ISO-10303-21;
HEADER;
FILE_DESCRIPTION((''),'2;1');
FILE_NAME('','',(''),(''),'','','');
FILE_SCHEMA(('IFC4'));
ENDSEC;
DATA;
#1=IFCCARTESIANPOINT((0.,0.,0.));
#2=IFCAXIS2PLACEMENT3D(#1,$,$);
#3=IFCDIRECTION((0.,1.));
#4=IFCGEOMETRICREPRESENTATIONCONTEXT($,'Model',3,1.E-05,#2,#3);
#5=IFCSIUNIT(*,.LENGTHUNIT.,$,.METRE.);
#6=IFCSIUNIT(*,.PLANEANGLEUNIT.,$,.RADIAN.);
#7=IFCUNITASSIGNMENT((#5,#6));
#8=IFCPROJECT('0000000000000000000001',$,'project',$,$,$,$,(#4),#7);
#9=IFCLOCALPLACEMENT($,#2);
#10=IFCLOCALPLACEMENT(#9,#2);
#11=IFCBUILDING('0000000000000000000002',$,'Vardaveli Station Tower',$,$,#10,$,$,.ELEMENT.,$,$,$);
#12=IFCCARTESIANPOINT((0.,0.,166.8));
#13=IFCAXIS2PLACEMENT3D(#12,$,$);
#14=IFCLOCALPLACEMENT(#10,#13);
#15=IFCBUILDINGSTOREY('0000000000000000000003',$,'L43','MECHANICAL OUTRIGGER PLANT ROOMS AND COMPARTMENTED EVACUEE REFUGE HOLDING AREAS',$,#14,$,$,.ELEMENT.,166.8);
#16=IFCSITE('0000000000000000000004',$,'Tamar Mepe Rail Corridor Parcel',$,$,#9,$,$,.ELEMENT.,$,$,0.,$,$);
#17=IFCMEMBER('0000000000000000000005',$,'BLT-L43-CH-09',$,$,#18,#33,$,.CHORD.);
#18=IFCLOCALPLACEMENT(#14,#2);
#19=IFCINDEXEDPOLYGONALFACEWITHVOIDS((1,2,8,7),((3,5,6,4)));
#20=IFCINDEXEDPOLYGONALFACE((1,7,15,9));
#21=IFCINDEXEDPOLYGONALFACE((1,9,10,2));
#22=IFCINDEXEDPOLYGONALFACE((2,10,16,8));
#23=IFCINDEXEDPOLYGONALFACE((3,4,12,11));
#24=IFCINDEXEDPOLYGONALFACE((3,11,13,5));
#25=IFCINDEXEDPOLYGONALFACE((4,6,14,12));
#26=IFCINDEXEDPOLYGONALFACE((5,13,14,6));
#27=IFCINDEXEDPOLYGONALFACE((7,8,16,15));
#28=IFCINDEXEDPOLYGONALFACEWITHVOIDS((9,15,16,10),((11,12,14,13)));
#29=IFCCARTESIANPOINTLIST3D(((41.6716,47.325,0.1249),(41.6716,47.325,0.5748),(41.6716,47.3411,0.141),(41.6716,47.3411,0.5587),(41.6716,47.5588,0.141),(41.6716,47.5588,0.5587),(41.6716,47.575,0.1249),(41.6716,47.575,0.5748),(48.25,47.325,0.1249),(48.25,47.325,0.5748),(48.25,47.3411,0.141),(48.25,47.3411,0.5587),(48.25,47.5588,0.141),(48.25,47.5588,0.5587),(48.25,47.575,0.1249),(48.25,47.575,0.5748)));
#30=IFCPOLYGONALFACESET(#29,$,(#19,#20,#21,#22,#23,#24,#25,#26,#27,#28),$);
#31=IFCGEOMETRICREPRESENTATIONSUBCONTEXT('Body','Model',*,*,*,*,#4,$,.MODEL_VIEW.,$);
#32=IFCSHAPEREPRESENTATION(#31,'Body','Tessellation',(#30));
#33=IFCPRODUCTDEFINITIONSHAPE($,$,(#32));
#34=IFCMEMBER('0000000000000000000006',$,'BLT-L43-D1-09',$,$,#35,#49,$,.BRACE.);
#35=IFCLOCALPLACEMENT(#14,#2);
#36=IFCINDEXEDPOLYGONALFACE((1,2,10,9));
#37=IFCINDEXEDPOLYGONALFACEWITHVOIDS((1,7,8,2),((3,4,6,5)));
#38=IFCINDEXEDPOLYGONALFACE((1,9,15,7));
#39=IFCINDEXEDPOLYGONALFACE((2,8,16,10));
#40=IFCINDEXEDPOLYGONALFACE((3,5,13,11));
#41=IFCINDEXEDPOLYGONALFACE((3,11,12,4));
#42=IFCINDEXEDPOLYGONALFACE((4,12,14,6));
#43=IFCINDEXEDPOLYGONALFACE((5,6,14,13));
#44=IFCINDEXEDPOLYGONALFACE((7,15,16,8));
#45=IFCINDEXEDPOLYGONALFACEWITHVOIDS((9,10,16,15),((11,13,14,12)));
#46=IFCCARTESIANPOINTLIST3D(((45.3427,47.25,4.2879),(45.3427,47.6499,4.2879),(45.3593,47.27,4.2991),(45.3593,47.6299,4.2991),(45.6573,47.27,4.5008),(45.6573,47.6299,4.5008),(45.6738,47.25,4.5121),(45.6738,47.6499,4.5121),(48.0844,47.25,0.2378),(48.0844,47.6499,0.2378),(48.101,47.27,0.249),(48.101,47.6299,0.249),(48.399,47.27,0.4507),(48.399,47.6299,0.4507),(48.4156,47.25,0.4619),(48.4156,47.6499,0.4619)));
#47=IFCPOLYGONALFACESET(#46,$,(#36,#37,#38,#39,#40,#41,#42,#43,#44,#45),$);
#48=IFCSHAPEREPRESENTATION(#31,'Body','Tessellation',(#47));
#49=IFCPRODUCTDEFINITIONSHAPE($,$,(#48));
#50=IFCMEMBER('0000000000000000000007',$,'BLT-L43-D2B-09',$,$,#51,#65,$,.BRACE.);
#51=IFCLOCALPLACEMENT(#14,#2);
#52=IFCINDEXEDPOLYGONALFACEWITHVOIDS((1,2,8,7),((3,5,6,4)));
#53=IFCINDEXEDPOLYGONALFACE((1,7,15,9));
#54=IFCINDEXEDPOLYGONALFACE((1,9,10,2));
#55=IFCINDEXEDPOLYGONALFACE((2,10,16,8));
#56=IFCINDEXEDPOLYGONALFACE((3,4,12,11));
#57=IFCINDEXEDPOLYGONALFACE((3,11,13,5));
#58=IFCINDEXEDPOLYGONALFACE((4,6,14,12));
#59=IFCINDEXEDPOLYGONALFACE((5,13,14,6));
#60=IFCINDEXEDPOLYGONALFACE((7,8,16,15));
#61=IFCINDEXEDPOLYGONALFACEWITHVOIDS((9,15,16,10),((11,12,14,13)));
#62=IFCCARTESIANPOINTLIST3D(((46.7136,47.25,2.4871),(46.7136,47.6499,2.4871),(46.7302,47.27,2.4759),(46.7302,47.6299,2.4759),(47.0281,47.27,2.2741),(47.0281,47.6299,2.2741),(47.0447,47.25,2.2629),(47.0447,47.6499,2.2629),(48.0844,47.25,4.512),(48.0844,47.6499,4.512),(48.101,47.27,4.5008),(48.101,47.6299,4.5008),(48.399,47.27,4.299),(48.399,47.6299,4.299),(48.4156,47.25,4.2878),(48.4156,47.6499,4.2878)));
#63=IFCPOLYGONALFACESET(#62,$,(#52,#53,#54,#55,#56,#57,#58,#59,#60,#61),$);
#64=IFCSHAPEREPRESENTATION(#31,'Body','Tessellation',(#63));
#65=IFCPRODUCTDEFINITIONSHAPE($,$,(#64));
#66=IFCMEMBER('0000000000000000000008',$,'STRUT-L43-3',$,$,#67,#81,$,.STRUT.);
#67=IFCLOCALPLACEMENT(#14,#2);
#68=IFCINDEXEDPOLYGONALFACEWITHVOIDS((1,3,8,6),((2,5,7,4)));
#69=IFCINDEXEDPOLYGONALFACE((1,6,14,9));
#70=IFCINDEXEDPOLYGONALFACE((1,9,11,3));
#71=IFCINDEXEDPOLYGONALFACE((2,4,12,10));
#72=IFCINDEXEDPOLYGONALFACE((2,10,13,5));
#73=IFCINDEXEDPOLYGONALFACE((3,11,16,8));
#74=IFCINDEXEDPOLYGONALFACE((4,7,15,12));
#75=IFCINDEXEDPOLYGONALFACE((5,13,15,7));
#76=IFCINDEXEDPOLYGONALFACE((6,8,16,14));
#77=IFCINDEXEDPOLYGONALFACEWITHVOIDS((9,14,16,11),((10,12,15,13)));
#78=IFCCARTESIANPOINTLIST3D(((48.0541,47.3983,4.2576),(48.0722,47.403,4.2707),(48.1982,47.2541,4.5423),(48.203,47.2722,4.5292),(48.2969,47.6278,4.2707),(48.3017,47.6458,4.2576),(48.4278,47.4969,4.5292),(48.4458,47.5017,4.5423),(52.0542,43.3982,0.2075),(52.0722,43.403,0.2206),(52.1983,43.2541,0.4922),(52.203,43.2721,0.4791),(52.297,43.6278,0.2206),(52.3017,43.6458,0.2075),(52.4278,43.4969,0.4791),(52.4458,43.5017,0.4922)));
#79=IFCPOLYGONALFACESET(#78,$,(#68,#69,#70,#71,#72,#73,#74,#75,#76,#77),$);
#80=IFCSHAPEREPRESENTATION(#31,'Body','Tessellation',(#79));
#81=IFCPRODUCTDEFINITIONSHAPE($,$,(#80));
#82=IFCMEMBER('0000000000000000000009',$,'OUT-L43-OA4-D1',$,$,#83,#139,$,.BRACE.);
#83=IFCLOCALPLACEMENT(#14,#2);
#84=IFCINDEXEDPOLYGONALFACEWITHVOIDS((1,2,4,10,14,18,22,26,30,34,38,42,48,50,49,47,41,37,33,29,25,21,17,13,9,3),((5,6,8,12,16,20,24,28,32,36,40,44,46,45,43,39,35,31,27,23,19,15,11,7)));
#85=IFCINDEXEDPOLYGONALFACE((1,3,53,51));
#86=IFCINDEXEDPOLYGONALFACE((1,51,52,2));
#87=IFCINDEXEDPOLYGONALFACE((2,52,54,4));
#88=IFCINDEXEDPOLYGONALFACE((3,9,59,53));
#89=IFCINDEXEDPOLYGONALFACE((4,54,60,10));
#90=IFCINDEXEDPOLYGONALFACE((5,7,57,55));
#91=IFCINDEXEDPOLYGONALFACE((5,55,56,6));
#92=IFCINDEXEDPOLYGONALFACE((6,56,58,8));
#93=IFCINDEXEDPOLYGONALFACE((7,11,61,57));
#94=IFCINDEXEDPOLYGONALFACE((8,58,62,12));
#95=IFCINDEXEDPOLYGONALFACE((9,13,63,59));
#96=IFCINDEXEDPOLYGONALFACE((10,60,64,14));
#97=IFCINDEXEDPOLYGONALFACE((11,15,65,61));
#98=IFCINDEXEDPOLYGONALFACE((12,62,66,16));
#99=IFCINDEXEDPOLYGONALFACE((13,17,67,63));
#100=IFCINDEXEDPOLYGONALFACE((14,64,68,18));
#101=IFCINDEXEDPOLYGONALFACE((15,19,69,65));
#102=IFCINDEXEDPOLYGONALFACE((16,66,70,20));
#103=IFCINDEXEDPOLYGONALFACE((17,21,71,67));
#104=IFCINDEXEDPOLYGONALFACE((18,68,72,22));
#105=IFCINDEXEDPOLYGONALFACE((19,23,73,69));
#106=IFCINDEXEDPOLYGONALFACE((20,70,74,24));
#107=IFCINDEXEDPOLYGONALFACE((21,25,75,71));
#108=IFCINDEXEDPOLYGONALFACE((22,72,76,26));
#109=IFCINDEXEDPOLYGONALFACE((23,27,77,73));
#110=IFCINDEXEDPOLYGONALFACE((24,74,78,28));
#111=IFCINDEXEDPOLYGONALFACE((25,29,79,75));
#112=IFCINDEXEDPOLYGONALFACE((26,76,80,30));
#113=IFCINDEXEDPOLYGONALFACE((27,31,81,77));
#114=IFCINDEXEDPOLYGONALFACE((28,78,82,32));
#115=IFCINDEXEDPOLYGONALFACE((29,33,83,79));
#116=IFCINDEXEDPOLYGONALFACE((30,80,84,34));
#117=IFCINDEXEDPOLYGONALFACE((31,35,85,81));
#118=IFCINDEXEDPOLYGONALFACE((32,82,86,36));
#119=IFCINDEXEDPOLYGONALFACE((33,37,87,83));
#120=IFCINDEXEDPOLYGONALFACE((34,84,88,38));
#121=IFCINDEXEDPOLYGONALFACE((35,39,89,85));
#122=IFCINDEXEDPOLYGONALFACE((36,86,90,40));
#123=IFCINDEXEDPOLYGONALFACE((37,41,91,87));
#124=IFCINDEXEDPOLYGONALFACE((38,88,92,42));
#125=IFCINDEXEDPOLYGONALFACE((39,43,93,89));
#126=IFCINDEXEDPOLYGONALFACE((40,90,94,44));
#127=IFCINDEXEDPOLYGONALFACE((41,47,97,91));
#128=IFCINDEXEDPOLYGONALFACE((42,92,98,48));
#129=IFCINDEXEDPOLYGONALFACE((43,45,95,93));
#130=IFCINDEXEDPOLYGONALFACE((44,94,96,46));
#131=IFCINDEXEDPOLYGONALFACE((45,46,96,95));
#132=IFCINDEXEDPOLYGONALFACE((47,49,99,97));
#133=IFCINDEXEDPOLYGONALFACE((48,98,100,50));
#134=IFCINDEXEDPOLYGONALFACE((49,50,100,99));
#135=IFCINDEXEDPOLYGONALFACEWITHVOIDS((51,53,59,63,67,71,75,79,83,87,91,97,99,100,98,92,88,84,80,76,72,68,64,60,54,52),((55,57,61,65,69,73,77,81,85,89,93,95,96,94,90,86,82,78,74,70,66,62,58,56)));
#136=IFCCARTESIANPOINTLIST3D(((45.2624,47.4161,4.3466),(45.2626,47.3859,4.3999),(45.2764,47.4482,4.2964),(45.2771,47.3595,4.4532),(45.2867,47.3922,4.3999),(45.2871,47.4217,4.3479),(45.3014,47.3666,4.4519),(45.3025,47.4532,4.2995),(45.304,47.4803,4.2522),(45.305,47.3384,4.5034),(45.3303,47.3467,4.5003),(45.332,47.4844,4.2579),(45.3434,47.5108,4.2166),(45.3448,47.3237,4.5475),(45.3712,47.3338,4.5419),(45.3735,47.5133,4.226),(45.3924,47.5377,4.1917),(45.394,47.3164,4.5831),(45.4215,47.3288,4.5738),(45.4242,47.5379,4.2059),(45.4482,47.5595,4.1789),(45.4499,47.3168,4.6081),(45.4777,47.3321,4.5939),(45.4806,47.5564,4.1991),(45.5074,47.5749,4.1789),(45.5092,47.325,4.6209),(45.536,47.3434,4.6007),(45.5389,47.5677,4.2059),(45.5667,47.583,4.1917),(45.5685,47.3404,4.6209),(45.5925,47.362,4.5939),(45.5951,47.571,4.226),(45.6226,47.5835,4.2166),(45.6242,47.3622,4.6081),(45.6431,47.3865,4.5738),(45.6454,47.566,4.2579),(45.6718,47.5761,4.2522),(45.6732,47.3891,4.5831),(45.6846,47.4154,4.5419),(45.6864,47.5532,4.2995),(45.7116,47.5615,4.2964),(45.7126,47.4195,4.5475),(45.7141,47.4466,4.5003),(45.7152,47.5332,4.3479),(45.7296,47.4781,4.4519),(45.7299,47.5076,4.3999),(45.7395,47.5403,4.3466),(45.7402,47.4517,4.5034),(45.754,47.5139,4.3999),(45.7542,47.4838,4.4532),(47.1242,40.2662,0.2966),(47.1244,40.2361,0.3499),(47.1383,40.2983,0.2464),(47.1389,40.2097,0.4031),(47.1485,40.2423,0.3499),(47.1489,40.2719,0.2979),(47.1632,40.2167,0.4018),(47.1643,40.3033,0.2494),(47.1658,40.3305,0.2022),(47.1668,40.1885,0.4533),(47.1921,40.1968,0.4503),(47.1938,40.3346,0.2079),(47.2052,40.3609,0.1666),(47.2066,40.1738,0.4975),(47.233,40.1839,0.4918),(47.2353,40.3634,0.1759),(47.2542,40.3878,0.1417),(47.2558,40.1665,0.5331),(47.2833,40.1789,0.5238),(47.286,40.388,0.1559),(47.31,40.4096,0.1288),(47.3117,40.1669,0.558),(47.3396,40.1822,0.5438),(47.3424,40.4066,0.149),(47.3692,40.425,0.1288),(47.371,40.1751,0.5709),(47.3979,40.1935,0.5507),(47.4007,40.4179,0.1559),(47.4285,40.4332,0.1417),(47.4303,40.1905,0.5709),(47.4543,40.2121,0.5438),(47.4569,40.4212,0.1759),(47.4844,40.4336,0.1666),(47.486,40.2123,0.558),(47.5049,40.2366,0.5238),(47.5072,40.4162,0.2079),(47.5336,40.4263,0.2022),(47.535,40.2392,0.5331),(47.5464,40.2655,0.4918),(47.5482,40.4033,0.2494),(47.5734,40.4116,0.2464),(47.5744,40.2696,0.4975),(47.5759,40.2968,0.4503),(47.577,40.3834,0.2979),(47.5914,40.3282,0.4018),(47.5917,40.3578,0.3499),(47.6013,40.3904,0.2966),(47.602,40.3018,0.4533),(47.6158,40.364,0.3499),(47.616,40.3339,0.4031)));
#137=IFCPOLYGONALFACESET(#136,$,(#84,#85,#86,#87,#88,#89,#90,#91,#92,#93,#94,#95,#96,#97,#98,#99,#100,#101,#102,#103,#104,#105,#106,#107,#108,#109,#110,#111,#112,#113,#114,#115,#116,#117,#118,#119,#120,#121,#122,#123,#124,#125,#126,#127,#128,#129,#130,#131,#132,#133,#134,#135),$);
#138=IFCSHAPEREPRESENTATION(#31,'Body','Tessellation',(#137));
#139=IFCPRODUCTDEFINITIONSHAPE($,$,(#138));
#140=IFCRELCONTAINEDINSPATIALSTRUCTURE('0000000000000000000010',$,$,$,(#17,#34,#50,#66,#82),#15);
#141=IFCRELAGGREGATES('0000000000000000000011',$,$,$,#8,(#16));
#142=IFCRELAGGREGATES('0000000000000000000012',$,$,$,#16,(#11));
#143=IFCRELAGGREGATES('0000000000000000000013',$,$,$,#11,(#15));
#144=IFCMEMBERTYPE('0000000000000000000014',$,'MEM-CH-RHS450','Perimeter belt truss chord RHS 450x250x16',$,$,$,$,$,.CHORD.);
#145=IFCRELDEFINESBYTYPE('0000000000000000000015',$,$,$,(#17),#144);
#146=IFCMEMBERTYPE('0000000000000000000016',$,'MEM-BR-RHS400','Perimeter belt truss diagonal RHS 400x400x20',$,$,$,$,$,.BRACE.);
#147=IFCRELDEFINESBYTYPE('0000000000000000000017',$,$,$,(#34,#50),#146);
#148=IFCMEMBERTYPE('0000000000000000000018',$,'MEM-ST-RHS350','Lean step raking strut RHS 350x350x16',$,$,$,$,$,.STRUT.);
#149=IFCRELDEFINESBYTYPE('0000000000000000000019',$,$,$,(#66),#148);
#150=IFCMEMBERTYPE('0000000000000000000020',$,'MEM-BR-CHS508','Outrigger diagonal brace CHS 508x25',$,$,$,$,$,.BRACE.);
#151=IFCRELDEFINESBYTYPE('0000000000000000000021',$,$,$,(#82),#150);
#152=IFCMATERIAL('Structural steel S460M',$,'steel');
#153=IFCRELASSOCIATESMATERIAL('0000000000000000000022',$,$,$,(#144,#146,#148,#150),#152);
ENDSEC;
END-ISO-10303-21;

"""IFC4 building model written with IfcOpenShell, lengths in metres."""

from ifc_helpers import new_model, si_unit, direction, frame, origin, origin_2d, place, context, subcontext, project, spatial, hollow_rectangle, hollow_circle, extrude, source, transform, mapped, material, material_profile, profile_set, type_object, element, save


model = new_model("IFC4")

# Units and contexts
model_context = context("Model", 3, precision=1e-05, world=origin(), true_north=direction((0.0, 1.0)))
body_context = subcontext(model_context, "Body", "Model", "MODEL_VIEW")
ifc_project = project(units=[si_unit("LENGTHUNIT", "METRE"), si_unit("PLANEANGLEUNIT", "RADIAN")], contexts=[model_context])

# Site, building, storey
site_placement = place(None, origin())
site = spatial("IfcSite", under=ifc_project, at=site_placement, Name="Tamar Mepe Rail Corridor Parcel", CompositionType="ELEMENT", RefElevation=0.0)
building_placement = place(site_placement, origin())
building = spatial("IfcBuilding", under=site, at=building_placement, Name="Vardaveli Station Tower", CompositionType="ELEMENT")
storey_placement = place(building_placement, frame((0.0, 0.0, 166.8)))
storey = spatial("IfcBuildingStorey", under=building, at=storey_placement, Name="L43", Description="MECHANICAL OUTRIGGER PLANT ROOMS AND COMPARTMENTED EVACUEE REFUGE HOLDING AREAS", CompositionType="ELEMENT", Elevation=166.8)

# Shared definitions
ifc_material_1 = material(Name="Structural steel S460M", Category="steel")

# Members
ifc_material_profile_1 = material_profile(ifc_material_1, hollow_rectangle(XDim=0.25, YDim=0.45, WallThickness=0.0161, at=origin_2d()), Name="RHS 450x250x16")
ifc_profile_set_1 = profile_set([ifc_material_profile_1], Name="Structural steel S460M")
member_type_1 = type_object("IfcMemberType", Name="MEM-CH-RHS450", Description="Perimeter belt truss chord RHS 450x250x16", PredefinedType="CHORD", material=ifc_profile_set_1)
shared_shape_1 = source(origin(), body_context, "Body", "SweptSolid", [
    extrude(hollow_rectangle(XDim=0.25, YDim=0.45, WallThickness=0.0161, at=origin_2d()), origin(), (0.0, 0.0, 1.0), 6.5784),
])
member_1_placement = place(storey_placement, frame((48.25, 47.45, 0.3499), z_axis=(-1.0, 0.0, 0.0), x_axis=(0.0, -1.0, 0.0)))
element("IfcMember", 1, at=member_1_placement, inside=storey, type_object=member_type_1, Name="BLT-L43-CH-09", PredefinedType="CHORD", context=body_context, shape_type="MappedRepresentation", body=[
    mapped(shared_shape_1, transform((0.0, 0.0, 0.0), scale=1.0)),
])
ifc_material_profile_2 = material_profile(ifc_material_1, hollow_rectangle(XDim=0.3999, YDim=0.3999, WallThickness=0.02, at=origin_2d()), Name="RHS 400x400x20")
ifc_profile_set_2 = profile_set([ifc_material_profile_2], Name="Structural steel S460M")
member_type_2 = type_object("IfcMemberType", Name="MEM-BR-RHS400", Description="Perimeter belt truss diagonal RHS 400x400x20", PredefinedType="BRACE", material=ifc_profile_set_2)
shared_shape_2 = source(origin(), body_context, "Body", "SweptSolid", [
    extrude(hollow_rectangle(XDim=0.3999, YDim=0.3999, WallThickness=0.02, at=origin_2d()), origin(), (0.0, 0.0, 1.0), 4.8909),
])
member_2_placement = place(storey_placement, frame((48.25, 47.45, 0.3499), z_axis=(-0.560584, 0.0, 0.828097), x_axis=(0.0, -1.0, 0.0)))
element("IfcMember", 2, at=member_2_placement, inside=storey, type_object=member_type_2, Name="BLT-L43-D1-09", PredefinedType="BRACE", context=body_context, shape_type="MappedRepresentation", body=[
    mapped(shared_shape_2, transform((0.0, 0.0, 0.0), scale=1.0)),
])
shared_shape_3 = source(origin(), body_context, "Body", "SweptSolid", [
    extrude(hollow_rectangle(XDim=0.3999, YDim=0.3999, WallThickness=0.02, at=origin_2d()), origin(), (0.0, 0.0, 1.0), 2.4453),
])
member_3_placement = place(storey_placement, frame((46.8792, 47.45, 2.375), z_axis=(0.560607, 0.0, 0.828082), x_axis=(0.0, 1.0, 0.0)))
element("IfcMember", 3, at=member_3_placement, inside=storey, type_object=member_type_2, Name="BLT-L43-D2B-09", PredefinedType="BRACE", context=body_context, shape_type="MappedRepresentation", body=[
    mapped(shared_shape_3, transform((0.0, 0.0, 0.0), scale=1.0)),
])
ifc_material_profile_3 = material_profile(ifc_material_1, hollow_rectangle(XDim=0.3501, YDim=0.3501, WallThickness=0.0161, at=origin_2d()), Name="RHS 350x350x16")
ifc_profile_set_3 = profile_set([ifc_material_profile_3], Name="Structural steel S460M")
member_type_3 = type_object("IfcMemberType", Name="MEM-ST-RHS350", Description="Lean step raking strut RHS 350x350x16", PredefinedType="STRUT", material=ifc_profile_set_3)
shared_shape_4 = source(origin(), body_context, "Body", "SweptSolid", [
    extrude(hollow_rectangle(XDim=0.3501, YDim=0.3501, WallThickness=0.0161, at=origin_2d()), origin(), (0.0, 0.0, 1.0), 6.9573),
])
member_4_placement = place(storey_placement, frame((52.25, 43.45, 0.3499), z_axis=(-0.574942, 0.574942, 0.582136), x_axis=(-0.707107, -0.707107, 0.0)))
element("IfcMember", 4, at=member_4_placement, inside=storey, type_object=member_type_3, Name="STRUT-L43-3", PredefinedType="STRUT", context=body_context, shape_type="MappedRepresentation", body=[
    mapped(shared_shape_4, transform((0.0, 0.0, 0.0), scale=1.0)),
])
ifc_material_profile_4 = material_profile(ifc_material_1, hollow_circle(Radius=0.2539, WallThickness=0.0249, at=origin_2d()), Name="CHS 508x25")
ifc_profile_set_4 = profile_set([ifc_material_profile_4], Name="Structural steel S460M")
member_type_4 = type_object("IfcMemberType", Name="MEM-BR-CHS508", Description="Outrigger diagonal brace CHS 508x25", PredefinedType="BRACE", material=ifc_profile_set_4)
shared_shape_5 = source(origin(), body_context, "Body", "SweptSolid", [
    extrude(hollow_circle(Radius=0.2539, WallThickness=0.0249, at=origin_2d()), origin(), (0.0, 0.0, 1.0), 8.4255),
])
member_5_placement = place(storey_placement, frame((47.3701, 40.3, 0.3499), z_axis=(-0.220972, 0.848595, 0.480685), x_axis=(-0.967729, -0.251994, 0.0)))
element("IfcMember", 5, at=member_5_placement, inside=storey, type_object=member_type_4, Name="OUT-L43-OA4-D1", PredefinedType="BRACE", context=body_context, shape_type="MappedRepresentation", body=[
    mapped(shared_shape_5, transform((0.0, 0.0, 0.0), scale=1.0)),
])

save(model, "model.ifc")
